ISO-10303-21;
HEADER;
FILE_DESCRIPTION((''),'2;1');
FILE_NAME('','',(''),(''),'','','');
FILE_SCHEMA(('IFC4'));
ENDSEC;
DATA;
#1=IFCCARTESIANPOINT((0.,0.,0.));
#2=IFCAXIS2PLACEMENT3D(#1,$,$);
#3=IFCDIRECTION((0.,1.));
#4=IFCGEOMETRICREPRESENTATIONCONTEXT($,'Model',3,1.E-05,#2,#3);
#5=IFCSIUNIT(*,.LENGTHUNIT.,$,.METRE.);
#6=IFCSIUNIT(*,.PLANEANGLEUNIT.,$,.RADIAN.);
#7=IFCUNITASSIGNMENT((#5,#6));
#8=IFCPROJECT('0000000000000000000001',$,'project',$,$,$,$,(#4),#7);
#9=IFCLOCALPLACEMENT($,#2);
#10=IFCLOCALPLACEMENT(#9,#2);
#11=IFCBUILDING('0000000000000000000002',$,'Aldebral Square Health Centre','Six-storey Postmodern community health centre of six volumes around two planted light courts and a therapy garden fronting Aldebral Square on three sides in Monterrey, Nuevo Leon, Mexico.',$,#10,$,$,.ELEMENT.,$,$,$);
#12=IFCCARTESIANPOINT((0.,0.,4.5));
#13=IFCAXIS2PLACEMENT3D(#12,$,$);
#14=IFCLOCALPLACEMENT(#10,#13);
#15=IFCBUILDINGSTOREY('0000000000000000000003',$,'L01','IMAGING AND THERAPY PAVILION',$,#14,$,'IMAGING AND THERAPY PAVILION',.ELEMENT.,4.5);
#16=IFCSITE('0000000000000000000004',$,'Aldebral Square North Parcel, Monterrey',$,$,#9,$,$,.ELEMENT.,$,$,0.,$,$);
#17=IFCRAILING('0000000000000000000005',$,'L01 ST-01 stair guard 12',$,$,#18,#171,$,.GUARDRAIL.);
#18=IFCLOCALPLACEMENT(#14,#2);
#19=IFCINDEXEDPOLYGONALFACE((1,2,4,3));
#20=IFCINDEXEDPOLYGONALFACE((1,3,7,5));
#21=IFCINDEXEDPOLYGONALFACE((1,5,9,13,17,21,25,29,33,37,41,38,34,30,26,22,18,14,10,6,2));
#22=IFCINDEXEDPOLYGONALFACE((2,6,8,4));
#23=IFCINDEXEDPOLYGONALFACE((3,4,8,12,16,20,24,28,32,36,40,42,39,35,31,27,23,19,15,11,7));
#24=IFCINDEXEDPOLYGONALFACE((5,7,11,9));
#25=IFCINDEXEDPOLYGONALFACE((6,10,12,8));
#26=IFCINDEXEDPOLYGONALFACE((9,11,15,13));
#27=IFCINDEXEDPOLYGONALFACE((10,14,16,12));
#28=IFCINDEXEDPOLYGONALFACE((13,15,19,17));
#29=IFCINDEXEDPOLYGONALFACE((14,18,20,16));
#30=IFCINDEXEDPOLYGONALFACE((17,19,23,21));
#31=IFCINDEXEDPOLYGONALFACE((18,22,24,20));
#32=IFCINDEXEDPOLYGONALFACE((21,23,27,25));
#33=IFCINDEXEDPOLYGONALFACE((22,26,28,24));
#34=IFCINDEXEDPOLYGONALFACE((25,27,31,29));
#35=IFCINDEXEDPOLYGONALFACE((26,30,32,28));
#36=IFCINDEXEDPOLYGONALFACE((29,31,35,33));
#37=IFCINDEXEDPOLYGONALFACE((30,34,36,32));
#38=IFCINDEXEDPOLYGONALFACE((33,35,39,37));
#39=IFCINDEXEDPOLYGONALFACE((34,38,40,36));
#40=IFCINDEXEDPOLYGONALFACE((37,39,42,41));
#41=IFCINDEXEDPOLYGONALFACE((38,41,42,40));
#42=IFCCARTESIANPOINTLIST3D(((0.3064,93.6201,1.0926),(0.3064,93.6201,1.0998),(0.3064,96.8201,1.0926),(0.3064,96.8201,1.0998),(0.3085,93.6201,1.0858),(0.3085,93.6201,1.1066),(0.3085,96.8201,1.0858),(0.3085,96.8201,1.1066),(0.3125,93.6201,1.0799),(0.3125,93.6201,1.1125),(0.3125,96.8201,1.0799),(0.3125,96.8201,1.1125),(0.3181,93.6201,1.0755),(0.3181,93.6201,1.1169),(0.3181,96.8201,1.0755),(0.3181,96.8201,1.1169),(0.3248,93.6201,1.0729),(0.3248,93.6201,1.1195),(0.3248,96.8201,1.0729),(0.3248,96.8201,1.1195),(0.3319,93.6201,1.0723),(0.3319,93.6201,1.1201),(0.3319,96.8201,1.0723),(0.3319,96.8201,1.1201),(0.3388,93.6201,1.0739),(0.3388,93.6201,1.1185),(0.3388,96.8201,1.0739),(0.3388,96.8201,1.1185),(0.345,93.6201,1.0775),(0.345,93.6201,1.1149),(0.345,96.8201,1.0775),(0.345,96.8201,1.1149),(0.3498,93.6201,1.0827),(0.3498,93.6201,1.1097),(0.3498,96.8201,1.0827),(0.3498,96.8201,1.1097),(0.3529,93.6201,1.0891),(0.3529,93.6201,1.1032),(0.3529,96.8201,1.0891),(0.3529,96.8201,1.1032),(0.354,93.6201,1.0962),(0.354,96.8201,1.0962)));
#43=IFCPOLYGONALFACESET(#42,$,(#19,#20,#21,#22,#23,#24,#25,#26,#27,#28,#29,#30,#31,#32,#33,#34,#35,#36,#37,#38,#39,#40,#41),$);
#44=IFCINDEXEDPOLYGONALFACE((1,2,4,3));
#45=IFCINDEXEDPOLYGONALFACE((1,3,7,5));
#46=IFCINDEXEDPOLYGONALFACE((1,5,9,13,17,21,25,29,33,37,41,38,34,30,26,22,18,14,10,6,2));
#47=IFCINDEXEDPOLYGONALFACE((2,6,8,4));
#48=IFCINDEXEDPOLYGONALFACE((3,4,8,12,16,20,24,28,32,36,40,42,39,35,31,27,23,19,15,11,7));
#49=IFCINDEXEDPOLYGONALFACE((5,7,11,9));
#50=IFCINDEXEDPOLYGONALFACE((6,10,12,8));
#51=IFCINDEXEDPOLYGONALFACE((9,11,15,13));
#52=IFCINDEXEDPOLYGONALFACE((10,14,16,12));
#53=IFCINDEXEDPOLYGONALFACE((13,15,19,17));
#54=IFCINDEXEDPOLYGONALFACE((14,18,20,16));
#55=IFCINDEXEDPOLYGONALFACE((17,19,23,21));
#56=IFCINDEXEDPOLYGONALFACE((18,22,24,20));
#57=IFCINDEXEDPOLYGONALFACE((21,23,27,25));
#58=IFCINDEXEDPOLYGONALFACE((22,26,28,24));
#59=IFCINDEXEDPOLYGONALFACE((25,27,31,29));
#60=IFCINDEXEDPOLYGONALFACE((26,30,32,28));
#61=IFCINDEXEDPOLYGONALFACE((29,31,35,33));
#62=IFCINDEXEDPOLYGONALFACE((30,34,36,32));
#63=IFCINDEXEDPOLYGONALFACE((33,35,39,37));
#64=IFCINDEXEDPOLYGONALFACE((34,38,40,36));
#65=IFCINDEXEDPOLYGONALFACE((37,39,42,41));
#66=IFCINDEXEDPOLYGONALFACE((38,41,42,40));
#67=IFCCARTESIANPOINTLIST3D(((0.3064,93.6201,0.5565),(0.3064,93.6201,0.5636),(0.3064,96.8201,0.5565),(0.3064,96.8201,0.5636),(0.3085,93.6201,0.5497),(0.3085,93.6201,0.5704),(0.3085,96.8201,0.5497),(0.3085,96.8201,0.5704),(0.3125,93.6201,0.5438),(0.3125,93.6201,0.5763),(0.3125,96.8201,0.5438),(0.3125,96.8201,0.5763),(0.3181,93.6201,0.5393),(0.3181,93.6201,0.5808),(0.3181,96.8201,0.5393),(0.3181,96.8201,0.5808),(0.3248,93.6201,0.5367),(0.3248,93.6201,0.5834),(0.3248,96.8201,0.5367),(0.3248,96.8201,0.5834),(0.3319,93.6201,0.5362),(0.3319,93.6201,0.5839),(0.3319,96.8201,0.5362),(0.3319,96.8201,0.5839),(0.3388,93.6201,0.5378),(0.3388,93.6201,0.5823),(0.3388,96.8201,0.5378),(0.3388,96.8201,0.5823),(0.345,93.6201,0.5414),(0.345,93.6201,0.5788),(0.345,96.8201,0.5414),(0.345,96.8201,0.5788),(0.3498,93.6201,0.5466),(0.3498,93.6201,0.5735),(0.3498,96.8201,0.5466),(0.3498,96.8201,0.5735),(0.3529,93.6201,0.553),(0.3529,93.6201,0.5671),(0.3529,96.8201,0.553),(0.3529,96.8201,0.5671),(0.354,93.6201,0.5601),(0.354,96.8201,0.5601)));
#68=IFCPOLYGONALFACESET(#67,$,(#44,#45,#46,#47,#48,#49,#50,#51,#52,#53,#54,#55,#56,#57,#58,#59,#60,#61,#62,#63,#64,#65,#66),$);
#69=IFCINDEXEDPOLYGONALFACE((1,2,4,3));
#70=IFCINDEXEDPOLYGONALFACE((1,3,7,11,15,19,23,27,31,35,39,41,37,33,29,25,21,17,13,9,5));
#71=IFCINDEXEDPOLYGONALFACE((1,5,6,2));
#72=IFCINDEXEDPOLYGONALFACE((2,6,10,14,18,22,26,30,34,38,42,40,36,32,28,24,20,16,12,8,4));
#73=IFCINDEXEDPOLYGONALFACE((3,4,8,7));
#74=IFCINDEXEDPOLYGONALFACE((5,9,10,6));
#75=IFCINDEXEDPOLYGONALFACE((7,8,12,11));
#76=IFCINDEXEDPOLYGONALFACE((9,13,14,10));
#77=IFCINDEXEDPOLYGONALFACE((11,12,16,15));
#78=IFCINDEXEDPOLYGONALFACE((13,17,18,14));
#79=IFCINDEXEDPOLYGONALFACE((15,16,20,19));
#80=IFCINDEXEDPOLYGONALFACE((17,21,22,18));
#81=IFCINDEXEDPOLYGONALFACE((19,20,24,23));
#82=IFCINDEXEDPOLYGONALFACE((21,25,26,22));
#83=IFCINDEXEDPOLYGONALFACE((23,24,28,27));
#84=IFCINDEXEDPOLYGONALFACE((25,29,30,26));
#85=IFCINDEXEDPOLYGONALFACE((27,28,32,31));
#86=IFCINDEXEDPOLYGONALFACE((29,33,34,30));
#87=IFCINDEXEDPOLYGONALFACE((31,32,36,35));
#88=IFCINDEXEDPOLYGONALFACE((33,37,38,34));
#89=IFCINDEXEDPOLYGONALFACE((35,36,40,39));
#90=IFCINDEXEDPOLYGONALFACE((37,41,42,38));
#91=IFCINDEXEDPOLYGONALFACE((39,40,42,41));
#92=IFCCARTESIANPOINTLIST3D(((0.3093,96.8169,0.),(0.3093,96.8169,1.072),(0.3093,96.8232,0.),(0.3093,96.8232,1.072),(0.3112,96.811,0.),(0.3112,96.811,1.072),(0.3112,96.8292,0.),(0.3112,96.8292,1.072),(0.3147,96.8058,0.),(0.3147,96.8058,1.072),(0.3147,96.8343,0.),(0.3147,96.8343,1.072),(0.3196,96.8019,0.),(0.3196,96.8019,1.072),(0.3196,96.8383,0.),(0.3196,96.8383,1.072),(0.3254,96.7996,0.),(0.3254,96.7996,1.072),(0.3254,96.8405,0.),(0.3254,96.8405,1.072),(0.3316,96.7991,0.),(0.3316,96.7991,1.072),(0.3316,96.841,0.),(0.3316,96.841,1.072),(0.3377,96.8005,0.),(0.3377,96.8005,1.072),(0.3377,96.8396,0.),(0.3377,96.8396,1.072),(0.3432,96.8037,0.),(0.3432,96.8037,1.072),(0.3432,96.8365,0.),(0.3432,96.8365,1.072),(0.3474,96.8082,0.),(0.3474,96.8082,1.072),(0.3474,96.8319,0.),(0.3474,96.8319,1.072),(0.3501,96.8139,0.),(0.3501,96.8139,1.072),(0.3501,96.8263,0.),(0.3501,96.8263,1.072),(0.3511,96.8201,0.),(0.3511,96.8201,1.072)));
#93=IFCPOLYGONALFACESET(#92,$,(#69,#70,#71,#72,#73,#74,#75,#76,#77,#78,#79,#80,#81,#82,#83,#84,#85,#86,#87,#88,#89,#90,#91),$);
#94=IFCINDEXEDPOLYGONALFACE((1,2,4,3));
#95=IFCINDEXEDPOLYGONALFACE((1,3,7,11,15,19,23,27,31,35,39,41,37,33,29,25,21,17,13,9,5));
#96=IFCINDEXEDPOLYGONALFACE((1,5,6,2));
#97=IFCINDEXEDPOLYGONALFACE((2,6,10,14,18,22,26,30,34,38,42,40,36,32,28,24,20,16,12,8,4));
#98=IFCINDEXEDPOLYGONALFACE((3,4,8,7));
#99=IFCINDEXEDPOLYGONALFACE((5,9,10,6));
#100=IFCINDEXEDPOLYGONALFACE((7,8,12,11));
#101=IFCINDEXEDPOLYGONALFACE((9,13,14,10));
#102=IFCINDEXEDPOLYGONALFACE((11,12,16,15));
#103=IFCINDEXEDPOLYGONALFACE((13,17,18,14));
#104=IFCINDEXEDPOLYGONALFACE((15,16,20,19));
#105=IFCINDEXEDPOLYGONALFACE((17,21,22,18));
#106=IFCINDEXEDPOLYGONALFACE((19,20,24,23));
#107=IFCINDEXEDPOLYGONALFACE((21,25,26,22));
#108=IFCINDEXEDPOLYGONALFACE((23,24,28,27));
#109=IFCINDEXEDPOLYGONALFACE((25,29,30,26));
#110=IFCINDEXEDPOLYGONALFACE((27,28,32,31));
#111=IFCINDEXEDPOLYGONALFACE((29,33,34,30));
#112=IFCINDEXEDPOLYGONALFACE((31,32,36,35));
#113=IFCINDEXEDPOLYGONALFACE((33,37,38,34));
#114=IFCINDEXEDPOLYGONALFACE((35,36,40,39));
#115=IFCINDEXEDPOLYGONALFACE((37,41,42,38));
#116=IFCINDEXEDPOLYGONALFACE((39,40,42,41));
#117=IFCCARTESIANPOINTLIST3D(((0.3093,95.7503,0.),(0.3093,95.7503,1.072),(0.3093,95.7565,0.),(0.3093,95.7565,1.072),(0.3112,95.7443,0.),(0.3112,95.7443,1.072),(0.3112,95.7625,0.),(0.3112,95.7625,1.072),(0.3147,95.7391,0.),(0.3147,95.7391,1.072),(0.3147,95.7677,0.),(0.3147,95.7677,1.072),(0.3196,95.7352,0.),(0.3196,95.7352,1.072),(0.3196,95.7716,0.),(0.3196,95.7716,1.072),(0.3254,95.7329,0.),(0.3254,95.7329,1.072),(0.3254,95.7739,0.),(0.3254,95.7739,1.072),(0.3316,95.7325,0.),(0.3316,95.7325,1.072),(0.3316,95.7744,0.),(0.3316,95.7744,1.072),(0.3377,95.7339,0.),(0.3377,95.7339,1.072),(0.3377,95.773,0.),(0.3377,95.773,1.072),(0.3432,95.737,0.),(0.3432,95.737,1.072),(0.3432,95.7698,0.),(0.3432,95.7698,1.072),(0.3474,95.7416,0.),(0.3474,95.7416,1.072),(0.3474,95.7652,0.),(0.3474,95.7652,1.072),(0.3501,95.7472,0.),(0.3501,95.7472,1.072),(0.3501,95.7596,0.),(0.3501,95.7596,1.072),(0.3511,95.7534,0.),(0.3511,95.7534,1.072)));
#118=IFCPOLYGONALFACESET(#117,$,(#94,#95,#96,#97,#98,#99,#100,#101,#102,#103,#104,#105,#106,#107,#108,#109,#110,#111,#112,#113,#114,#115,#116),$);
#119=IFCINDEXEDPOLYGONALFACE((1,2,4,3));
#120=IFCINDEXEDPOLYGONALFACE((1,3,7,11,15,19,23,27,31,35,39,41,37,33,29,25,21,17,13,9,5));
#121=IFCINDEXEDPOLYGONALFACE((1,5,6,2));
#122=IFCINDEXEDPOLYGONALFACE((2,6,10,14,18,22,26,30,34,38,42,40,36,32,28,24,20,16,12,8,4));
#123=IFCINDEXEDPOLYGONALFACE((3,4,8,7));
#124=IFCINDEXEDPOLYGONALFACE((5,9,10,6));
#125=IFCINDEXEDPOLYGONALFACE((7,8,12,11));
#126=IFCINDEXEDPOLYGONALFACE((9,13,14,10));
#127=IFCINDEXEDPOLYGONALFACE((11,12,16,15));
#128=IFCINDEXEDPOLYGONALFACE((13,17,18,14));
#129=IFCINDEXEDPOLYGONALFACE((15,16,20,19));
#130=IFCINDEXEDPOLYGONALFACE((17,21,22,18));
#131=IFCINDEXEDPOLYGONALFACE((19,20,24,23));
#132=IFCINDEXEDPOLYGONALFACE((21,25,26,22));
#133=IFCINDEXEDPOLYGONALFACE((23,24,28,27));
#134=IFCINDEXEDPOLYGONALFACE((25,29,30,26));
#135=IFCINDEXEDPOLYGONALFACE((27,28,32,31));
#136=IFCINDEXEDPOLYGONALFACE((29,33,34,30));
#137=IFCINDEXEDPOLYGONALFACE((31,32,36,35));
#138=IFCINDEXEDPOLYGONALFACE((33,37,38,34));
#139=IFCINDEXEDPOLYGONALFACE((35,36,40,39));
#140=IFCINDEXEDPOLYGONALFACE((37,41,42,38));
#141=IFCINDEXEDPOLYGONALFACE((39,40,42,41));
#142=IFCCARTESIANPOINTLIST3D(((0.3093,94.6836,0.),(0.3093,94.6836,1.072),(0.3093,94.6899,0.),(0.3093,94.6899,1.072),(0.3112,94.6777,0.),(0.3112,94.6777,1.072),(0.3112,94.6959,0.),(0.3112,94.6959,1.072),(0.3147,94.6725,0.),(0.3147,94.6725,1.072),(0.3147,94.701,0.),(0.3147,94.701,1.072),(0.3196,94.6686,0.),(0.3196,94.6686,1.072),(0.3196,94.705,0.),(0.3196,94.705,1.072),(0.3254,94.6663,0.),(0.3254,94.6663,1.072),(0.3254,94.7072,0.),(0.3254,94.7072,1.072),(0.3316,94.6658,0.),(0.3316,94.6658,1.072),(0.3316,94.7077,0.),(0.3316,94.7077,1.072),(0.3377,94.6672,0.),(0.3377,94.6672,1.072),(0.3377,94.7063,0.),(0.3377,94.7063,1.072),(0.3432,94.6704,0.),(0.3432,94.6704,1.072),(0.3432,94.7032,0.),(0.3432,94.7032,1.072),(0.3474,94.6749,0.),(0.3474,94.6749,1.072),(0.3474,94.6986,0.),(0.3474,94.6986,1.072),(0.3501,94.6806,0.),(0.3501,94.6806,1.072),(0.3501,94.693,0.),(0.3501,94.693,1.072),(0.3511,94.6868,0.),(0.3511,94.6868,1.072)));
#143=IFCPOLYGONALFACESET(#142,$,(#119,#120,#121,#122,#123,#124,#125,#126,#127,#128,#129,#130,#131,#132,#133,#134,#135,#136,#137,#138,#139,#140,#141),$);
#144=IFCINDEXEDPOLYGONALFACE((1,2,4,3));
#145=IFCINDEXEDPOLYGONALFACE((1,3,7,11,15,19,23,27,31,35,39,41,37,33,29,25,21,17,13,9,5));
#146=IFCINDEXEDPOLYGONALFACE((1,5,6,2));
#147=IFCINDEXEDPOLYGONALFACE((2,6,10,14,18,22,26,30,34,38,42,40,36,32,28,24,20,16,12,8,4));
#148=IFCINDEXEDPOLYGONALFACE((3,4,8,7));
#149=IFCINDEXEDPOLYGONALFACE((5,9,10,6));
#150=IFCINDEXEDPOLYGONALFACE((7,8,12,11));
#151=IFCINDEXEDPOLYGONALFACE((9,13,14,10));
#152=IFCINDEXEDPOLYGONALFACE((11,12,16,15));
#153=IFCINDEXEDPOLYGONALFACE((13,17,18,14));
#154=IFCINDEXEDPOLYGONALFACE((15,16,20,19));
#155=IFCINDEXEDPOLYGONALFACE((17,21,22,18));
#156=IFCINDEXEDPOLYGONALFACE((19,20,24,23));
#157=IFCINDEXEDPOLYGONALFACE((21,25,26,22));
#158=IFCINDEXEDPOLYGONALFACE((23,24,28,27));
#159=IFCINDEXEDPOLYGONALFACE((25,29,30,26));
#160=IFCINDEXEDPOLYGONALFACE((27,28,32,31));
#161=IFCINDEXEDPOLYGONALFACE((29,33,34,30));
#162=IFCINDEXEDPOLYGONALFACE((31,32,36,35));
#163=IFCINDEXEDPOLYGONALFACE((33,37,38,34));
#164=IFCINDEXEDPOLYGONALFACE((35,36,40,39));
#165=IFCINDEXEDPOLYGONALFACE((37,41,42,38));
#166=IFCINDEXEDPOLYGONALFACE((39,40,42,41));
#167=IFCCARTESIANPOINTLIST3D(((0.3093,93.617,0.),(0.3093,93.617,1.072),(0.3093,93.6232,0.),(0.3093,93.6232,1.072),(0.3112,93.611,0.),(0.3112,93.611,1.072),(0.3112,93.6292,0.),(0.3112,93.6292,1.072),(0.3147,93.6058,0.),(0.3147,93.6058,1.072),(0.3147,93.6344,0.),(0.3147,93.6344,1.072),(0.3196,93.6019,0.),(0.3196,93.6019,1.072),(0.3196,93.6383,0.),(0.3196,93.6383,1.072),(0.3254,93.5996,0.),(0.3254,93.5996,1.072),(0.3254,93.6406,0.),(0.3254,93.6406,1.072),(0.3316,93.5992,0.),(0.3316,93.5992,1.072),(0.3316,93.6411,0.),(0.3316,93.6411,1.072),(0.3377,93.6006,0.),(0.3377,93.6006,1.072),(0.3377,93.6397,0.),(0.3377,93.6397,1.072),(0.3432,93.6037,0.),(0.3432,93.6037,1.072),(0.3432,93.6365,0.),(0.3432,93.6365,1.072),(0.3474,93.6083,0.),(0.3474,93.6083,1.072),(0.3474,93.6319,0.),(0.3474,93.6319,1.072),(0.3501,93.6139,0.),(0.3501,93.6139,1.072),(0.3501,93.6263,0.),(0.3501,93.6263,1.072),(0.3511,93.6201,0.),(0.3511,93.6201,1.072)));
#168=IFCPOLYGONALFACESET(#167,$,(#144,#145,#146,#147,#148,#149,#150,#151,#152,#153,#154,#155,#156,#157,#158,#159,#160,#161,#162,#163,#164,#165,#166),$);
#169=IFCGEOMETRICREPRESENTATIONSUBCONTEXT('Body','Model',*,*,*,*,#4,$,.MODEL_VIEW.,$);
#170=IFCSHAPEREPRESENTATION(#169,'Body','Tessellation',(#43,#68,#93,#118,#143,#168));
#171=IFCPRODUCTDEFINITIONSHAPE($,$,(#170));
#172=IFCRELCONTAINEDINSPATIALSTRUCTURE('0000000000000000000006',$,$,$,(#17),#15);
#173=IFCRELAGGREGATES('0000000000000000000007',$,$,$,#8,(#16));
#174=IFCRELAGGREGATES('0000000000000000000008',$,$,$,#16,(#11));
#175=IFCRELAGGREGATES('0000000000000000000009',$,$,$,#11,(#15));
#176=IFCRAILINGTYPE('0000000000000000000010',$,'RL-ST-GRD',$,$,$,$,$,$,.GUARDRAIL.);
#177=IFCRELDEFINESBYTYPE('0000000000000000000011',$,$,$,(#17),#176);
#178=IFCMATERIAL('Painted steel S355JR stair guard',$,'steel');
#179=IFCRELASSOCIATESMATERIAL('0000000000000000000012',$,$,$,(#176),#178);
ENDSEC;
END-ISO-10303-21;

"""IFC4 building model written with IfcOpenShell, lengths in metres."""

from ifc_helpers import new_model, si_unit, direction, frame, origin, origin_2d, place, context, subcontext, project, spatial, circle, extrude, material, type_object, element, save


model = new_model("IFC4")

# Units and contexts
model_context = context("Model", 3, precision=1e-05, world=origin(), true_north=direction((0.0, 1.0)))
body_context = subcontext(model_context, "Body", "Model", "MODEL_VIEW")
ifc_project = project(units=[si_unit("LENGTHUNIT", "METRE"), si_unit("PLANEANGLEUNIT", "RADIAN")], contexts=[model_context])

# Site, building, storey
site_placement = place(None, origin())
site = spatial("IfcSite", under=ifc_project, at=site_placement, Name="Aldebral Square North Parcel, Monterrey", CompositionType="ELEMENT", RefElevation=0.0)
building_placement = place(site_placement, origin())
building = spatial("IfcBuilding", under=site, at=building_placement, Name="Aldebral Square Health Centre", Description="Six-storey Postmodern community health centre of six volumes around two planted light courts and a therapy garden fronting Aldebral Square on three sides in Monterrey, Nuevo Leon, Mexico.", CompositionType="ELEMENT")
storey_placement = place(building_placement, frame((0.0, 0.0, 4.5)))
storey = spatial("IfcBuildingStorey", under=building, at=storey_placement, Name="L01", Description="IMAGING AND THERAPY PAVILION", LongName="IMAGING AND THERAPY PAVILION", CompositionType="ELEMENT", Elevation=4.5)

# Railing
ifc_material_1 = material(Name="Painted steel S355JR stair guard", Category="steel")
railing_type_1 = type_object("IfcRailingType", Name="RL-ST-GRD", PredefinedType="GUARDRAIL", material=ifc_material_1)
railing_1_placement = place(storey_placement, frame((0.3301, 96.8201, 0.0)))
element("IfcRailing", 1, at=railing_1_placement, inside=storey, type_object=railing_type_1, Name="L01 ST-01 stair guard 12", PredefinedType="GUARDRAIL", context=body_context, shape_type="SweptSolid", body=[
    extrude(circle(Radius=0.0239, at=origin_2d()), frame((0.0, 0.0, 1.0962), z_axis=(0.0, -1.0, 0.0), x_axis=(1.0, 0.0, 0.0)), (0.0, 0.0, 1.0), 3.2),
    extrude(circle(Radius=0.0239, at=origin_2d()), frame((0.0, 0.0, 0.5601), z_axis=(0.0, -1.0, 0.0), x_axis=(1.0, 0.0, 0.0)), (0.0, 0.0, 1.0), 3.2),
    extrude(circle(Radius=0.021, at=origin_2d()), origin(), (0.0, 0.0, 1.0), 1.072),
    extrude(circle(Radius=0.021, at=origin_2d()), frame((0.0, -1.0667, 0.0)), (0.0, 0.0, 1.0), 1.072),
    extrude(circle(Radius=0.021, at=origin_2d()), frame((0.0, -2.1333, 0.0)), (0.0, 0.0, 1.0), 1.072),
    extrude(circle(Radius=0.021, at=origin_2d()), frame((0.0, -3.2, 0.0)), (0.0, 0.0, 1.0), 1.072),
])

save(model, "model.ifc")
